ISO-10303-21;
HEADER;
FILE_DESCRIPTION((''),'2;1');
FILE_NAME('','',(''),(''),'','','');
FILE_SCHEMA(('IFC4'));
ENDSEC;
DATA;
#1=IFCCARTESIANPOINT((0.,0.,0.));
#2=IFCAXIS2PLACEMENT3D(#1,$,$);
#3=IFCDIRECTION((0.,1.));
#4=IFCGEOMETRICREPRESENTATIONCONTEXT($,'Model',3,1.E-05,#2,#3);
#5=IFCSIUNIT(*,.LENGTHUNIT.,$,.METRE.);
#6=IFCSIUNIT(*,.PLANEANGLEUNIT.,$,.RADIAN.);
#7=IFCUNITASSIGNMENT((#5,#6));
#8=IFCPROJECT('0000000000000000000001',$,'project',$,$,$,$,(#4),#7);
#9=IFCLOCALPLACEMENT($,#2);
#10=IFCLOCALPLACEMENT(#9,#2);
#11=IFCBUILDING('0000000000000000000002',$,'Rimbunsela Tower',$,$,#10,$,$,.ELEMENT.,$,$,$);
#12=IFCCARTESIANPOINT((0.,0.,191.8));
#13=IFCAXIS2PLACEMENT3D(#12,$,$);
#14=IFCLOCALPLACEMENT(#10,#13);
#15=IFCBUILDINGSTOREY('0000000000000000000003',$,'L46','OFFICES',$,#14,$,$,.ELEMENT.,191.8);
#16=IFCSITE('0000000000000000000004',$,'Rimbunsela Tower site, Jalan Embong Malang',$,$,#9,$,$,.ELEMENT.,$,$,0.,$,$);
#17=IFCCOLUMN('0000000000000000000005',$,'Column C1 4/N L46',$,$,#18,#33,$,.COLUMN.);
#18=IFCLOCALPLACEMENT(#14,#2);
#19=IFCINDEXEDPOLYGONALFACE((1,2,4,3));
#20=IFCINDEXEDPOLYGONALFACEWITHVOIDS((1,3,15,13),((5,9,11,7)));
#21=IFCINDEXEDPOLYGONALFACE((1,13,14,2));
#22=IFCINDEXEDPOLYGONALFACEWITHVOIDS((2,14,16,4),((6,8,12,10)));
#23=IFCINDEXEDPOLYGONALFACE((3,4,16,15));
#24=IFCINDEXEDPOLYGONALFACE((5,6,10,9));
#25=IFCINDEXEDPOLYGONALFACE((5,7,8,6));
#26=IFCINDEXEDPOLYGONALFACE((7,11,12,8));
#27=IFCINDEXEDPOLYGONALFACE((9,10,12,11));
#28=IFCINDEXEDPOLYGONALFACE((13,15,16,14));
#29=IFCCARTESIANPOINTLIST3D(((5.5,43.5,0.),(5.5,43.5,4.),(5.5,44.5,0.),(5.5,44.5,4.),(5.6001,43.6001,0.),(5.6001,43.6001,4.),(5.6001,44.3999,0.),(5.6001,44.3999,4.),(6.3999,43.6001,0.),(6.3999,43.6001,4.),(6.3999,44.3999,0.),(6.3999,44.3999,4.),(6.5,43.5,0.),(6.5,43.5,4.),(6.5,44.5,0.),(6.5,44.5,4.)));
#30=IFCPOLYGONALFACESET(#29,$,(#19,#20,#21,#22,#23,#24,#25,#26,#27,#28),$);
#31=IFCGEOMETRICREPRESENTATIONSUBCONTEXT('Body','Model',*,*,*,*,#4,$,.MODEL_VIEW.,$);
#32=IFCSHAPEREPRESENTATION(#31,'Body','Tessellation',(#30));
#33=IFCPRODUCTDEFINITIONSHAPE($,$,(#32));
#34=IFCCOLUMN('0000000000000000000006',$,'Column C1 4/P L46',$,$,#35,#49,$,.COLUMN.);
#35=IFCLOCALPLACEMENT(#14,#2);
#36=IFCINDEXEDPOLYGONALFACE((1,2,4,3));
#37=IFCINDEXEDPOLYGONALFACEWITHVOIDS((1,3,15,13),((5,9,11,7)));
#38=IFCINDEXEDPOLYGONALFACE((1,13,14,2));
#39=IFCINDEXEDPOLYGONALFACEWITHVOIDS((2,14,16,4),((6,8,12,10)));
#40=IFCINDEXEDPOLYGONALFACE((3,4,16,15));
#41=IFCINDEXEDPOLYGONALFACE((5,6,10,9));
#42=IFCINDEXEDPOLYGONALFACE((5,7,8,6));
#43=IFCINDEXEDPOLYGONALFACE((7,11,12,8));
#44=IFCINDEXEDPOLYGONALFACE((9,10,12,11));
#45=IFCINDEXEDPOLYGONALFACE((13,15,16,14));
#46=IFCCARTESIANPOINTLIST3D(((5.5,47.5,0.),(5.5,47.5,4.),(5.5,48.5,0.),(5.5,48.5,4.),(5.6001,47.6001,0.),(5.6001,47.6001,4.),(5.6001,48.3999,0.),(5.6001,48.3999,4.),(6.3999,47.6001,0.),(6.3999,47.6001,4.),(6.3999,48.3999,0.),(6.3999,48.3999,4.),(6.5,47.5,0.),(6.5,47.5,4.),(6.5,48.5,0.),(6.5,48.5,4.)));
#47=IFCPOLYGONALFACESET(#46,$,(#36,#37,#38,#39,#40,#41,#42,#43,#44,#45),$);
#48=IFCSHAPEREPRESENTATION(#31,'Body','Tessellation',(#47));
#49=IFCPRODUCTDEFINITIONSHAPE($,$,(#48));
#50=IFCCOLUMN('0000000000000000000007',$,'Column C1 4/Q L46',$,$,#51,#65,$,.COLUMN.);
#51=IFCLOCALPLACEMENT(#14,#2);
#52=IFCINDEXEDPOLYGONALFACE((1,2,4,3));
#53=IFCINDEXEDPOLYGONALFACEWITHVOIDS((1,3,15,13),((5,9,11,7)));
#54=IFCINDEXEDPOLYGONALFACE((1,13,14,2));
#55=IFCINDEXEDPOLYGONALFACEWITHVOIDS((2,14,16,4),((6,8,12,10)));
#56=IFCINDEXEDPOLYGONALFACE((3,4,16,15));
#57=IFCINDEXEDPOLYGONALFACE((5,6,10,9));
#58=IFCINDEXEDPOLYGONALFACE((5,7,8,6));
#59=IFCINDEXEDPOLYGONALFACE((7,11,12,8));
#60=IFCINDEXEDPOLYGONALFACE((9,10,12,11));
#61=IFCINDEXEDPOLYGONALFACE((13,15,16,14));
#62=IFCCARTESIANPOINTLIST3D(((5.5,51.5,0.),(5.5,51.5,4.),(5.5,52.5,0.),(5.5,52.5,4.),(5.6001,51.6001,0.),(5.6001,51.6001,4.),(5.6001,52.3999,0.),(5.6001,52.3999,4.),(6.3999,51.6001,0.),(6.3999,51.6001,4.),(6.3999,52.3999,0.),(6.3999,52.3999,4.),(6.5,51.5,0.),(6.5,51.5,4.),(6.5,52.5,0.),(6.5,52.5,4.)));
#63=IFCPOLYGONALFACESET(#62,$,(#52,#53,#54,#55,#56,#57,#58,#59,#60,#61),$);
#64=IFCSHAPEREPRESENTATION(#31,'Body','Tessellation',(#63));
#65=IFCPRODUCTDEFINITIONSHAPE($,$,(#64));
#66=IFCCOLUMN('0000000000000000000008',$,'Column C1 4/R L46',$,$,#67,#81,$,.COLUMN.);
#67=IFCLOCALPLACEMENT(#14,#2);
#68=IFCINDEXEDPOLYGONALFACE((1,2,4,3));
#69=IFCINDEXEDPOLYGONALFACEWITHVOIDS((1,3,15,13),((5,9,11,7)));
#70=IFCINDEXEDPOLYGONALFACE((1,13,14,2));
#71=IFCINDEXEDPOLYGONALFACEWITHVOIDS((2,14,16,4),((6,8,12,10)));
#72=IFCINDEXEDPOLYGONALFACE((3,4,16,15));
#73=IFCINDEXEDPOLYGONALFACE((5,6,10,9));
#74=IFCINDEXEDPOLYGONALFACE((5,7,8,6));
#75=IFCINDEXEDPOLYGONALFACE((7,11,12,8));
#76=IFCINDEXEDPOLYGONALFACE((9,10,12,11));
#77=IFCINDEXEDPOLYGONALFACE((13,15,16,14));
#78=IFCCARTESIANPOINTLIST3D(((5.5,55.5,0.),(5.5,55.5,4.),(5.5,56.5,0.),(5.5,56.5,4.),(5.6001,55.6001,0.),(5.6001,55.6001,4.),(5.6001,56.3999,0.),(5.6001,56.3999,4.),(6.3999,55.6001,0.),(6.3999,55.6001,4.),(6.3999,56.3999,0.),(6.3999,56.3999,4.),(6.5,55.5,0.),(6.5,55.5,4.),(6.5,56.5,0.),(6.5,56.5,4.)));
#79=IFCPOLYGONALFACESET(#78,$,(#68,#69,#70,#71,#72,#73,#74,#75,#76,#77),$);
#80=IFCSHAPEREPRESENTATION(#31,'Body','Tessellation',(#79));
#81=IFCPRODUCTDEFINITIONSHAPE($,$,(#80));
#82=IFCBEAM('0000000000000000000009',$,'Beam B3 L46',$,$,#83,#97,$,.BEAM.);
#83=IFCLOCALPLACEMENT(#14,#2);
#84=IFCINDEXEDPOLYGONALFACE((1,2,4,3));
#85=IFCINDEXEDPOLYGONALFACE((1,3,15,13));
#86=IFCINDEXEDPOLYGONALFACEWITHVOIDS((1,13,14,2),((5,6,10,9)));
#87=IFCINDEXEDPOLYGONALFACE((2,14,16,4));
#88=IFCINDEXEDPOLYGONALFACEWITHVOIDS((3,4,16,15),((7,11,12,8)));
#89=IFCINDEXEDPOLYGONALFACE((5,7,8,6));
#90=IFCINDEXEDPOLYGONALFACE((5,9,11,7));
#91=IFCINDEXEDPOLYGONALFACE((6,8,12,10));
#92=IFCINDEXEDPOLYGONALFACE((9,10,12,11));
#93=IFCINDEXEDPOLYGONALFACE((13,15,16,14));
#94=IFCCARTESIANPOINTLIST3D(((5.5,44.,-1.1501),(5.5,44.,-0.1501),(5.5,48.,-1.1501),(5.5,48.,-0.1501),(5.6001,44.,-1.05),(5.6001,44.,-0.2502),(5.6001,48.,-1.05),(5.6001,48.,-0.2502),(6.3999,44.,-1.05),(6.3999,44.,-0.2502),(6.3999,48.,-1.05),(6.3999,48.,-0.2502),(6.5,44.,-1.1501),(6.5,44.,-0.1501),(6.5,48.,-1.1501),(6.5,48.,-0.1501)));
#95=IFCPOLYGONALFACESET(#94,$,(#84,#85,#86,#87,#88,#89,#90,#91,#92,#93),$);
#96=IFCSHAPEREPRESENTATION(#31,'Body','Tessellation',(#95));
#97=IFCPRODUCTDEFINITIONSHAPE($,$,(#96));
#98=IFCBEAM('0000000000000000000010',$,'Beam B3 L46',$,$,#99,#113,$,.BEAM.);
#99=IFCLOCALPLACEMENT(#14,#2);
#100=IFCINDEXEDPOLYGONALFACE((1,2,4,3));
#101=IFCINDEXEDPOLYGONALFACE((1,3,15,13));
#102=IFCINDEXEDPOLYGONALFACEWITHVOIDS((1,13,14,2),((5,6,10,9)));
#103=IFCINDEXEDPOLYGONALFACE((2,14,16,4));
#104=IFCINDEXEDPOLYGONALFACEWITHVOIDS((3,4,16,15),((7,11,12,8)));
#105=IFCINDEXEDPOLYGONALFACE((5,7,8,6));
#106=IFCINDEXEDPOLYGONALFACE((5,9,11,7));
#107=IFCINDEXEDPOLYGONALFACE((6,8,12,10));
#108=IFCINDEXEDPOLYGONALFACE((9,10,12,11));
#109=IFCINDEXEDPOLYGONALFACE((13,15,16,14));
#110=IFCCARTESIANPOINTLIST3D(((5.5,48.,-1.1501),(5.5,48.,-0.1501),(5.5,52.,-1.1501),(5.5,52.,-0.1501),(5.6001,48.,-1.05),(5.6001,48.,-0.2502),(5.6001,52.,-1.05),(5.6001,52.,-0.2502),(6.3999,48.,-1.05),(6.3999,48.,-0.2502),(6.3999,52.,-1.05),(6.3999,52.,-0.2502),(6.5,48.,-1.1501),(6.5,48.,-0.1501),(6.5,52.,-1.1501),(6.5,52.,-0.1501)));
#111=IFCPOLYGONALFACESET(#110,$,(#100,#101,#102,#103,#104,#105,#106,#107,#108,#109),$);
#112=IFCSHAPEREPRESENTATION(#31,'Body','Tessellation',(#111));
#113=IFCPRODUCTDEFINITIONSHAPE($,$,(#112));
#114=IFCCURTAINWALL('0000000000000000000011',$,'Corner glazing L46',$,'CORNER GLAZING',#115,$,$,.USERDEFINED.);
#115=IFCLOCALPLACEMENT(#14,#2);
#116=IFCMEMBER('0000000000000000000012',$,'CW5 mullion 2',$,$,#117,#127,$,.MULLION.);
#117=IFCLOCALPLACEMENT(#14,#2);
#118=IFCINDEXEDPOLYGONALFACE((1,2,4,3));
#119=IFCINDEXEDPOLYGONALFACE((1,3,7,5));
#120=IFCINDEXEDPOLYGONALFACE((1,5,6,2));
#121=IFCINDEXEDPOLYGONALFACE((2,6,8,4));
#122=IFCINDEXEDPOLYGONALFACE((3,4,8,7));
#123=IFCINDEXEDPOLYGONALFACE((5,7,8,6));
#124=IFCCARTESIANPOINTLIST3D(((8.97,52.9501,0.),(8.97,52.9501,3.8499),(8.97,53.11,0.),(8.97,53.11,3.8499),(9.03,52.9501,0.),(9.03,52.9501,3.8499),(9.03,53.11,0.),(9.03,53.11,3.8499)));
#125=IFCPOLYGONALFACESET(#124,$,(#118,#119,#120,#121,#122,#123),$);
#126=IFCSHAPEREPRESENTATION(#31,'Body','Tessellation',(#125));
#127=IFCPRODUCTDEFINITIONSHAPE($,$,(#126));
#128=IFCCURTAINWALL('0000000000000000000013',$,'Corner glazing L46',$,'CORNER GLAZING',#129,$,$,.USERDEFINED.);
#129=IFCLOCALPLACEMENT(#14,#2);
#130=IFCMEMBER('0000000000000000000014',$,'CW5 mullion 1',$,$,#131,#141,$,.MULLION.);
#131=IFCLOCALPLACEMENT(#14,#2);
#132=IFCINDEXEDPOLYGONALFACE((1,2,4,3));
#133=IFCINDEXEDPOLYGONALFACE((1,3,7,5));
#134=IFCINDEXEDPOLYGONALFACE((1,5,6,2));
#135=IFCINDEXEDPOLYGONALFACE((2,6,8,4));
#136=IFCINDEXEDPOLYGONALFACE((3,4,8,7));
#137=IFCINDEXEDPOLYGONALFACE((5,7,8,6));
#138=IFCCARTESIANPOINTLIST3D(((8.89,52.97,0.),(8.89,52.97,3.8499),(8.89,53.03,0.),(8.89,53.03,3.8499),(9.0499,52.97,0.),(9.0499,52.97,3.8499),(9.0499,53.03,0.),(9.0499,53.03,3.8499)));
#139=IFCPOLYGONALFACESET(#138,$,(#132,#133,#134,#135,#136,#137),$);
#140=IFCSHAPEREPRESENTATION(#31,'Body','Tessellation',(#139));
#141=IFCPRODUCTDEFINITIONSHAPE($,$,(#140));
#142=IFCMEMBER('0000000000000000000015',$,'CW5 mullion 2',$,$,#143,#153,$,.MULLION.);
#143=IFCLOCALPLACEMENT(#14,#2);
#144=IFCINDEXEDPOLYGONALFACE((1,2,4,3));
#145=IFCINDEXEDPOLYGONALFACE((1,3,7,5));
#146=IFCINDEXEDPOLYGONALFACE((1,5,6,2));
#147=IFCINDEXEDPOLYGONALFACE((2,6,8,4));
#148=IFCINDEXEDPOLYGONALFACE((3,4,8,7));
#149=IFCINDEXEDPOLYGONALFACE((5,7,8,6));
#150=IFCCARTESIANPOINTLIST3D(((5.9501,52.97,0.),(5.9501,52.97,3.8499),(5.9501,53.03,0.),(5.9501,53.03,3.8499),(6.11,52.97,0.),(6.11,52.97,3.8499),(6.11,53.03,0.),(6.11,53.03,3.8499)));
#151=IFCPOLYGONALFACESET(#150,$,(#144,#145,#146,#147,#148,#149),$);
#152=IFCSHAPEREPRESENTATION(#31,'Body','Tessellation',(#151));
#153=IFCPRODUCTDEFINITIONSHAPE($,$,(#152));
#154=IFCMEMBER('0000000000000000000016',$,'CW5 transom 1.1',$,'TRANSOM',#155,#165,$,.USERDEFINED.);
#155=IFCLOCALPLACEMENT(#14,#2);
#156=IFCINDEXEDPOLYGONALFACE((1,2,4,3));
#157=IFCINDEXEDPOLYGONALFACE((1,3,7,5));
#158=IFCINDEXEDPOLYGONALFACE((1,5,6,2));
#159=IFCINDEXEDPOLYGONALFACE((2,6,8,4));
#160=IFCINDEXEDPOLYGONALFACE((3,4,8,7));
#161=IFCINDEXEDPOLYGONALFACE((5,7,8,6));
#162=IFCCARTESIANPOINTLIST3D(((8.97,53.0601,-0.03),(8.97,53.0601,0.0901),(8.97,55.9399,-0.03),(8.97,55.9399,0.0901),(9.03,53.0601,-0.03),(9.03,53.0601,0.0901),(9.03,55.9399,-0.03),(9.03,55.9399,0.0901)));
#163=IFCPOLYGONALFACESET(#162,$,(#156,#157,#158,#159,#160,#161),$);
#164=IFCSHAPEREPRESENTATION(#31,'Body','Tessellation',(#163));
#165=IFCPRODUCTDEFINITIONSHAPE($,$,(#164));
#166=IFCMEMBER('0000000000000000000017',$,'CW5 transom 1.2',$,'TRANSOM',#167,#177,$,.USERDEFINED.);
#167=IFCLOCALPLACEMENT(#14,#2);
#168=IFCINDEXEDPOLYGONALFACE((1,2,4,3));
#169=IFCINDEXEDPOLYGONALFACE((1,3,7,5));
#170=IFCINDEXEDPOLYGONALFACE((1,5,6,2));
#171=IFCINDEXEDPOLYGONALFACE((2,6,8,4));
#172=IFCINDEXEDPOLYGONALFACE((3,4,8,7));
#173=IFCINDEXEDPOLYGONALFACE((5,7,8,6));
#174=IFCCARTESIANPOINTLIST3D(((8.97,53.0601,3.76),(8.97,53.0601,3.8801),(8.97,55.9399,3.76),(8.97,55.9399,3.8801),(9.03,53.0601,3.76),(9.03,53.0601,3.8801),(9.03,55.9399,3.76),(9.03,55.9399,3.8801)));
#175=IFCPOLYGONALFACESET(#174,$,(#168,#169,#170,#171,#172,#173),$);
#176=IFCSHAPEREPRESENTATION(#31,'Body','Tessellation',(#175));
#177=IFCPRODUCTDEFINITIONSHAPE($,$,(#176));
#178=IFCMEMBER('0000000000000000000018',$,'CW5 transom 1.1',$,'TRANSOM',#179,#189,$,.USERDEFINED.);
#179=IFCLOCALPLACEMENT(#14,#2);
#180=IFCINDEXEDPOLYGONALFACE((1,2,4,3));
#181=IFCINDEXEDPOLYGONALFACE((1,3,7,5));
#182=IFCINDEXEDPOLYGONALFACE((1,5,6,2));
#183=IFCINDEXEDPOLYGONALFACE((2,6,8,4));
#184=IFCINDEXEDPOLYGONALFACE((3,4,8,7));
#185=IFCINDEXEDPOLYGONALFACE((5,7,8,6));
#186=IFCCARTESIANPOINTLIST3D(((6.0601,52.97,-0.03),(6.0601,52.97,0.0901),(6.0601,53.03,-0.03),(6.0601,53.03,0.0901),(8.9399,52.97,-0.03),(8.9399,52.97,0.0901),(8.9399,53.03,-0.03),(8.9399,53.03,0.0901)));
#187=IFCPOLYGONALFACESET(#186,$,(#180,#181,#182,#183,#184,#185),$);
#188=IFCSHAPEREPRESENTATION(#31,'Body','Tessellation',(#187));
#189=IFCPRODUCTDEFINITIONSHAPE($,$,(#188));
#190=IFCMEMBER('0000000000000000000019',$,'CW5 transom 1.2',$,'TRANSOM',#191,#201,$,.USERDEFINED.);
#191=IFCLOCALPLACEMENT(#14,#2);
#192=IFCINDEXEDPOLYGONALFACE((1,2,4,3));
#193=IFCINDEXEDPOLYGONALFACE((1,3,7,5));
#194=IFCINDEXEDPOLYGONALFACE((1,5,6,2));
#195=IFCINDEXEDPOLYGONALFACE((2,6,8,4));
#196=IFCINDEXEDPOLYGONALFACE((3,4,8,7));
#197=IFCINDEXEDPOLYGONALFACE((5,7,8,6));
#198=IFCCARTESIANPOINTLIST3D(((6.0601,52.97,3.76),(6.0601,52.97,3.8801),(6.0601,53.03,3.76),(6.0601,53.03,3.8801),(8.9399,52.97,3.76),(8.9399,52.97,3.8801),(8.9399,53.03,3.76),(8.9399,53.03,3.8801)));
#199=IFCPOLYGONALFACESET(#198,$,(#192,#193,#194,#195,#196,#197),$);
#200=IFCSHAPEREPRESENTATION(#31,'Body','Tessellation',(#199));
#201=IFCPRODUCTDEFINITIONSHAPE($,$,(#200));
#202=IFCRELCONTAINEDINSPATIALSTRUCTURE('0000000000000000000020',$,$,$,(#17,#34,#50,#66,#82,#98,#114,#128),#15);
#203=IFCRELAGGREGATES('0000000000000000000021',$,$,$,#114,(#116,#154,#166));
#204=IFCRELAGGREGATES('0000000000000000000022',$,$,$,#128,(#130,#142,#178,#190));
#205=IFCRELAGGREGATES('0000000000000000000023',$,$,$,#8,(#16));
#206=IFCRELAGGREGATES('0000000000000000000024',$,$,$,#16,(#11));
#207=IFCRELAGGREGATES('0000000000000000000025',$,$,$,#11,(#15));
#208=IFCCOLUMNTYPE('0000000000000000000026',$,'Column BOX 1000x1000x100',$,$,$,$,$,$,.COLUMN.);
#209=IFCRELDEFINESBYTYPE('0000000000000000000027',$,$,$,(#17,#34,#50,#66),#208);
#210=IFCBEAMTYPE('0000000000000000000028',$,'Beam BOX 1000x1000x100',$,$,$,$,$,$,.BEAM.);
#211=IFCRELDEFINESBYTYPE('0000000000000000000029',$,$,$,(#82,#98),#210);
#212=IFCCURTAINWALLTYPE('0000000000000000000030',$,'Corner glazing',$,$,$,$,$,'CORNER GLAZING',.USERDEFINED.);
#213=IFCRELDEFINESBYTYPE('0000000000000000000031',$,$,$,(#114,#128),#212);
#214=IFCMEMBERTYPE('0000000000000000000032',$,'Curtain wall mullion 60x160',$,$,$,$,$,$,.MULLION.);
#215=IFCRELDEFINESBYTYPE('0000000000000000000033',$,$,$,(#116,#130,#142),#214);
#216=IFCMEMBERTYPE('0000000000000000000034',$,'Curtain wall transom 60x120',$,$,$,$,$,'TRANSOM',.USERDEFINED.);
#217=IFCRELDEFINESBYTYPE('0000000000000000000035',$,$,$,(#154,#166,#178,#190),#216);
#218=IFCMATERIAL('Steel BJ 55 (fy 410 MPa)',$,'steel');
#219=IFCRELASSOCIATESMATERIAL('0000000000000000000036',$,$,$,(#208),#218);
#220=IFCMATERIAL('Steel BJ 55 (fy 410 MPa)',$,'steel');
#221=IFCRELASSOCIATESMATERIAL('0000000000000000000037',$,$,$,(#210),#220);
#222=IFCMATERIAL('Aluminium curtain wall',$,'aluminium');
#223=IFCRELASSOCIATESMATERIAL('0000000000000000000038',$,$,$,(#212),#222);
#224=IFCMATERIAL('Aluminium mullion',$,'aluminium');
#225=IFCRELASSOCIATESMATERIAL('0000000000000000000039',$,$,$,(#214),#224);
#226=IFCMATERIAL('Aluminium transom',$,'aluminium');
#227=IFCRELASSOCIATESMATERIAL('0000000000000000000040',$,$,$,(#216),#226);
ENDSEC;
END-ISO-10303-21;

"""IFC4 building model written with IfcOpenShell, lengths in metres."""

from ifc_helpers import new_model, si_unit, direction, frame, origin, origin_2d, place, context, subcontext, project, spatial, rectangle, hollow_rectangle, extrude, material, material_profile, profile_set, type_object, element, aggregate, save


model = new_model("IFC4")

# Units and contexts
model_context = context("Model", 3, precision=1e-05, world=origin(), true_north=direction((0.0, 1.0)))
body_context = subcontext(model_context, "Body", "Model", "MODEL_VIEW")
ifc_project = project(units=[si_unit("LENGTHUNIT", "METRE"), si_unit("PLANEANGLEUNIT", "RADIAN")], contexts=[model_context])

# Site, building, storey
site_placement = place(None, origin())
site = spatial("IfcSite", under=ifc_project, at=site_placement, Name="Rimbunsela Tower site, Jalan Embong Malang", CompositionType="ELEMENT", RefElevation=0.0)
building_placement = place(site_placement, origin())
building = spatial("IfcBuilding", under=site, at=building_placement, Name="Rimbunsela Tower", CompositionType="ELEMENT")
storey_placement = place(building_placement, frame((0.0, 0.0, 191.8)))
storey = spatial("IfcBuildingStorey", under=building, at=storey_placement, Name="L46", Description="OFFICES", CompositionType="ELEMENT", Elevation=191.8)

# Columns
ifc_material_1 = material(Name="Steel BJ 55 (fy 410 MPa)", Category="steel")
ifc_material_profile_1 = material_profile(ifc_material_1, hollow_rectangle(XDim=1.0, YDim=1.0, WallThickness=0.1001, at=origin_2d()), Name="BOX 1000x1000x100")
ifc_profile_set_1 = profile_set([ifc_material_profile_1], Name="Steel BJ 55 (fy 410 MPa)")
column_type = type_object("IfcColumnType", Name="Column BOX 1000x1000x100", PredefinedType="COLUMN", material=ifc_profile_set_1)
for number, where, z_axis, x_axis, name in (
    (1, (6.0, 44.0, 0.0), (0.0, 0.0, 1.0), (1.0, 0.0, 0.0), "Column C1 4/N L46"),
    (2, (6.0, 48.0, 0.0), (0.0, 0.0, 1.0), (1.0, 0.0, 0.0), "Column C1 4/P L46"),
    (3, (6.0, 52.0, 0.0), (0.0, 0.0, 1.0), (1.0, 0.0, 0.0), "Column C1 4/Q L46"),
    (4, (6.0, 56.0, 0.0), (0.0, 0.0, 1.0), (1.0, 0.0, 0.0), "Column C1 4/R L46"),
):
    element("IfcColumn", number, at=place(storey_placement, frame(where, z_axis=z_axis, x_axis=x_axis)), inside=storey, type_object=column_type, Name=name, PredefinedType="COLUMN", context=body_context, shape_type="SweptSolid", body=[
        extrude(hollow_rectangle(XDim=1.0, YDim=1.0, WallThickness=0.1001, at=origin_2d()), origin(), (0.0, 0.0, 1.0), 4.0),
    ])

# Beams
ifc_material_2 = material(Name="Steel BJ 55 (fy 410 MPa)", Category="steel")
ifc_material_profile_2 = material_profile(ifc_material_2, hollow_rectangle(XDim=1.0, YDim=1.0, WallThickness=0.1001, at=origin_2d()), Name="BOX 1000x1000x100")
ifc_profile_set_2 = profile_set([ifc_material_profile_2], Name="Steel BJ 55 (fy 410 MPa)")
beam_type = type_object("IfcBeamType", Name="Beam BOX 1000x1000x100", PredefinedType="BEAM", material=ifc_profile_set_2)
for number, where, z_axis, x_axis, name in (
    (5, (6.0, 44.0, -0.6501), (0.0, 1.0, 0.0), (-1.0, 0.0, 0.0), "Beam B3 L46"),
    (6, (6.0, 48.0, -0.6501), (0.0, 1.0, 0.0), (-1.0, 0.0, 0.0), "Beam B3 L46"),
):
    element("IfcBeam", number, at=place(storey_placement, frame(where, z_axis=z_axis, x_axis=x_axis)), inside=storey, type_object=beam_type, Name=name, PredefinedType="BEAM", context=body_context, shape_type="SweptSolid", body=[
        extrude(hollow_rectangle(XDim=1.0, YDim=1.0, WallThickness=0.1001, at=origin_2d()), origin(), (0.0, 0.0, 1.0), 4.0),
    ])

# Curtain wall, member
ifc_material_3 = material(Name="Aluminium curtain wall", Category="aluminium")
curtain_wall_type = type_object("IfcCurtainWallType", Name="Corner glazing", ElementType="CORNER GLAZING", PredefinedType="USERDEFINED", material=ifc_material_3)
curtain_wall_1_placement = place(storey_placement, origin())
curtain_wall_1 = element("IfcCurtainWall", 7, at=curtain_wall_1_placement, inside=storey, type_object=curtain_wall_type, Name="Corner glazing L46", ObjectType="CORNER GLAZING", PredefinedType="USERDEFINED")
ifc_material_4 = material(Name="Aluminium mullion", Category="aluminium")
ifc_material_profile_3 = material_profile(ifc_material_4, rectangle(XDim=0.0601, YDim=0.1599, at=origin_2d()), Name="Mullion 60x160")
ifc_profile_set_3 = profile_set([ifc_material_profile_3], Name="Aluminium mullion")
member_type_1 = type_object("IfcMemberType", Name="Curtain wall mullion 60x160", PredefinedType="MULLION", material=ifc_profile_set_3)
member_1_placement = place(storey_placement, frame((9.0, 53.03, 0.0), z_axis=(0.0, 0.0, 1.0), x_axis=(1.0, 0.0, 0.0)))
member_1 = element("IfcMember", 8, at=member_1_placement, type_object=member_type_1, Name="CW5 mullion 2", PredefinedType="MULLION", context=body_context, shape_type="SweptSolid", body=[
    extrude(rectangle(XDim=0.0601, YDim=0.1599, at=origin_2d()), origin(), (0.0, 0.0, 1.0), 3.8499),
])

# Curtain wall, members
curtain_wall_2_placement = place(storey_placement, origin())
curtain_wall_2 = element("IfcCurtainWall", 9, at=curtain_wall_2_placement, inside=storey, type_object=curtain_wall_type, Name="Corner glazing L46", ObjectType="CORNER GLAZING", PredefinedType="USERDEFINED")
member_2_placement = place(storey_placement, frame((8.97, 53.0, 0.0), z_axis=(0.0, 0.0, 1.0), x_axis=(0.0, -1.0, 0.0)))
member_2 = element("IfcMember", 10, at=member_2_placement, type_object=member_type_1, Name="CW5 mullion 1", PredefinedType="MULLION", context=body_context, shape_type="SweptSolid", body=[
    extrude(rectangle(XDim=0.0601, YDim=0.1599, at=origin_2d()), origin(), (0.0, 0.0, 1.0), 3.8499),
])
member_3_placement = place(storey_placement, frame((6.03, 53.0, 0.0), z_axis=(0.0, 0.0, 1.0), x_axis=(0.0, -1.0, 0.0)))
member_3 = element("IfcMember", 11, at=member_3_placement, type_object=member_type_1, Name="CW5 mullion 2", PredefinedType="MULLION", context=body_context, shape_type="SweptSolid", body=[
    extrude(rectangle(XDim=0.0601, YDim=0.1599, at=origin_2d()), origin(), (0.0, 0.0, 1.0), 3.8499),
])

# Members
ifc_material_5 = material(Name="Aluminium transom", Category="aluminium")
ifc_material_profile_4 = material_profile(ifc_material_5, rectangle(XDim=0.0601, YDim=0.1201, at=origin_2d()), Name="Transom 60x120")
ifc_profile_set_4 = profile_set([ifc_material_profile_4], Name="Aluminium transom")
member_type_2 = type_object("IfcMemberType", Name="Curtain wall transom 60x120", ElementType="TRANSOM", PredefinedType="USERDEFINED", material=ifc_profile_set_4)
member_4_placement = place(storey_placement, frame((9.0, 55.9399, 0.03), z_axis=(0.0, -1.0, 0.0), x_axis=(1.0, 0.0, 0.0)))
member_4 = element("IfcMember", 12, at=member_4_placement, type_object=member_type_2, Name="CW5 transom 1.1", ObjectType="TRANSOM", PredefinedType="USERDEFINED", context=body_context, shape_type="SweptSolid", body=[
    extrude(rectangle(XDim=0.0601, YDim=0.1201, at=origin_2d()), origin(), (0.0, 0.0, 1.0), 2.8799),
])
member_5_placement = place(storey_placement, frame((9.0, 55.9399, 3.8201), z_axis=(0.0, -1.0, 0.0), x_axis=(1.0, 0.0, 0.0)))
member_5 = element("IfcMember", 13, at=member_5_placement, type_object=member_type_2, Name="CW5 transom 1.2", ObjectType="TRANSOM", PredefinedType="USERDEFINED", context=body_context, shape_type="SweptSolid", body=[
    extrude(rectangle(XDim=0.0601, YDim=0.1201, at=origin_2d()), origin(), (0.0, 0.0, 1.0), 2.8799),
])
member_6_placement = place(storey_placement, frame((8.9399, 53.0, 0.03), z_axis=(-1.0, 0.0, 0.0), x_axis=(0.0, -1.0, 0.0)))
member_6 = element("IfcMember", 14, at=member_6_placement, type_object=member_type_2, Name="CW5 transom 1.1", ObjectType="TRANSOM", PredefinedType="USERDEFINED", context=body_context, shape_type="SweptSolid", body=[
    extrude(rectangle(XDim=0.0601, YDim=0.1201, at=origin_2d()), origin(), (0.0, 0.0, 1.0), 2.8799),
])
member_7_placement = place(storey_placement, frame((8.9399, 53.0, 3.8201), z_axis=(-1.0, 0.0, 0.0), x_axis=(0.0, -1.0, 0.0)))
member_7 = element("IfcMember", 15, at=member_7_placement, type_object=member_type_2, Name="CW5 transom 1.2", ObjectType="TRANSOM", PredefinedType="USERDEFINED", context=body_context, shape_type="SweptSolid", body=[
    extrude(rectangle(XDim=0.0601, YDim=0.1201, at=origin_2d()), origin(), (0.0, 0.0, 1.0), 2.8799),
])

aggregate(curtain_wall_1, [member_1, member_4, member_5])
aggregate(curtain_wall_2, [member_2, member_3, member_6, member_7])

save(model, "model.ifc")
